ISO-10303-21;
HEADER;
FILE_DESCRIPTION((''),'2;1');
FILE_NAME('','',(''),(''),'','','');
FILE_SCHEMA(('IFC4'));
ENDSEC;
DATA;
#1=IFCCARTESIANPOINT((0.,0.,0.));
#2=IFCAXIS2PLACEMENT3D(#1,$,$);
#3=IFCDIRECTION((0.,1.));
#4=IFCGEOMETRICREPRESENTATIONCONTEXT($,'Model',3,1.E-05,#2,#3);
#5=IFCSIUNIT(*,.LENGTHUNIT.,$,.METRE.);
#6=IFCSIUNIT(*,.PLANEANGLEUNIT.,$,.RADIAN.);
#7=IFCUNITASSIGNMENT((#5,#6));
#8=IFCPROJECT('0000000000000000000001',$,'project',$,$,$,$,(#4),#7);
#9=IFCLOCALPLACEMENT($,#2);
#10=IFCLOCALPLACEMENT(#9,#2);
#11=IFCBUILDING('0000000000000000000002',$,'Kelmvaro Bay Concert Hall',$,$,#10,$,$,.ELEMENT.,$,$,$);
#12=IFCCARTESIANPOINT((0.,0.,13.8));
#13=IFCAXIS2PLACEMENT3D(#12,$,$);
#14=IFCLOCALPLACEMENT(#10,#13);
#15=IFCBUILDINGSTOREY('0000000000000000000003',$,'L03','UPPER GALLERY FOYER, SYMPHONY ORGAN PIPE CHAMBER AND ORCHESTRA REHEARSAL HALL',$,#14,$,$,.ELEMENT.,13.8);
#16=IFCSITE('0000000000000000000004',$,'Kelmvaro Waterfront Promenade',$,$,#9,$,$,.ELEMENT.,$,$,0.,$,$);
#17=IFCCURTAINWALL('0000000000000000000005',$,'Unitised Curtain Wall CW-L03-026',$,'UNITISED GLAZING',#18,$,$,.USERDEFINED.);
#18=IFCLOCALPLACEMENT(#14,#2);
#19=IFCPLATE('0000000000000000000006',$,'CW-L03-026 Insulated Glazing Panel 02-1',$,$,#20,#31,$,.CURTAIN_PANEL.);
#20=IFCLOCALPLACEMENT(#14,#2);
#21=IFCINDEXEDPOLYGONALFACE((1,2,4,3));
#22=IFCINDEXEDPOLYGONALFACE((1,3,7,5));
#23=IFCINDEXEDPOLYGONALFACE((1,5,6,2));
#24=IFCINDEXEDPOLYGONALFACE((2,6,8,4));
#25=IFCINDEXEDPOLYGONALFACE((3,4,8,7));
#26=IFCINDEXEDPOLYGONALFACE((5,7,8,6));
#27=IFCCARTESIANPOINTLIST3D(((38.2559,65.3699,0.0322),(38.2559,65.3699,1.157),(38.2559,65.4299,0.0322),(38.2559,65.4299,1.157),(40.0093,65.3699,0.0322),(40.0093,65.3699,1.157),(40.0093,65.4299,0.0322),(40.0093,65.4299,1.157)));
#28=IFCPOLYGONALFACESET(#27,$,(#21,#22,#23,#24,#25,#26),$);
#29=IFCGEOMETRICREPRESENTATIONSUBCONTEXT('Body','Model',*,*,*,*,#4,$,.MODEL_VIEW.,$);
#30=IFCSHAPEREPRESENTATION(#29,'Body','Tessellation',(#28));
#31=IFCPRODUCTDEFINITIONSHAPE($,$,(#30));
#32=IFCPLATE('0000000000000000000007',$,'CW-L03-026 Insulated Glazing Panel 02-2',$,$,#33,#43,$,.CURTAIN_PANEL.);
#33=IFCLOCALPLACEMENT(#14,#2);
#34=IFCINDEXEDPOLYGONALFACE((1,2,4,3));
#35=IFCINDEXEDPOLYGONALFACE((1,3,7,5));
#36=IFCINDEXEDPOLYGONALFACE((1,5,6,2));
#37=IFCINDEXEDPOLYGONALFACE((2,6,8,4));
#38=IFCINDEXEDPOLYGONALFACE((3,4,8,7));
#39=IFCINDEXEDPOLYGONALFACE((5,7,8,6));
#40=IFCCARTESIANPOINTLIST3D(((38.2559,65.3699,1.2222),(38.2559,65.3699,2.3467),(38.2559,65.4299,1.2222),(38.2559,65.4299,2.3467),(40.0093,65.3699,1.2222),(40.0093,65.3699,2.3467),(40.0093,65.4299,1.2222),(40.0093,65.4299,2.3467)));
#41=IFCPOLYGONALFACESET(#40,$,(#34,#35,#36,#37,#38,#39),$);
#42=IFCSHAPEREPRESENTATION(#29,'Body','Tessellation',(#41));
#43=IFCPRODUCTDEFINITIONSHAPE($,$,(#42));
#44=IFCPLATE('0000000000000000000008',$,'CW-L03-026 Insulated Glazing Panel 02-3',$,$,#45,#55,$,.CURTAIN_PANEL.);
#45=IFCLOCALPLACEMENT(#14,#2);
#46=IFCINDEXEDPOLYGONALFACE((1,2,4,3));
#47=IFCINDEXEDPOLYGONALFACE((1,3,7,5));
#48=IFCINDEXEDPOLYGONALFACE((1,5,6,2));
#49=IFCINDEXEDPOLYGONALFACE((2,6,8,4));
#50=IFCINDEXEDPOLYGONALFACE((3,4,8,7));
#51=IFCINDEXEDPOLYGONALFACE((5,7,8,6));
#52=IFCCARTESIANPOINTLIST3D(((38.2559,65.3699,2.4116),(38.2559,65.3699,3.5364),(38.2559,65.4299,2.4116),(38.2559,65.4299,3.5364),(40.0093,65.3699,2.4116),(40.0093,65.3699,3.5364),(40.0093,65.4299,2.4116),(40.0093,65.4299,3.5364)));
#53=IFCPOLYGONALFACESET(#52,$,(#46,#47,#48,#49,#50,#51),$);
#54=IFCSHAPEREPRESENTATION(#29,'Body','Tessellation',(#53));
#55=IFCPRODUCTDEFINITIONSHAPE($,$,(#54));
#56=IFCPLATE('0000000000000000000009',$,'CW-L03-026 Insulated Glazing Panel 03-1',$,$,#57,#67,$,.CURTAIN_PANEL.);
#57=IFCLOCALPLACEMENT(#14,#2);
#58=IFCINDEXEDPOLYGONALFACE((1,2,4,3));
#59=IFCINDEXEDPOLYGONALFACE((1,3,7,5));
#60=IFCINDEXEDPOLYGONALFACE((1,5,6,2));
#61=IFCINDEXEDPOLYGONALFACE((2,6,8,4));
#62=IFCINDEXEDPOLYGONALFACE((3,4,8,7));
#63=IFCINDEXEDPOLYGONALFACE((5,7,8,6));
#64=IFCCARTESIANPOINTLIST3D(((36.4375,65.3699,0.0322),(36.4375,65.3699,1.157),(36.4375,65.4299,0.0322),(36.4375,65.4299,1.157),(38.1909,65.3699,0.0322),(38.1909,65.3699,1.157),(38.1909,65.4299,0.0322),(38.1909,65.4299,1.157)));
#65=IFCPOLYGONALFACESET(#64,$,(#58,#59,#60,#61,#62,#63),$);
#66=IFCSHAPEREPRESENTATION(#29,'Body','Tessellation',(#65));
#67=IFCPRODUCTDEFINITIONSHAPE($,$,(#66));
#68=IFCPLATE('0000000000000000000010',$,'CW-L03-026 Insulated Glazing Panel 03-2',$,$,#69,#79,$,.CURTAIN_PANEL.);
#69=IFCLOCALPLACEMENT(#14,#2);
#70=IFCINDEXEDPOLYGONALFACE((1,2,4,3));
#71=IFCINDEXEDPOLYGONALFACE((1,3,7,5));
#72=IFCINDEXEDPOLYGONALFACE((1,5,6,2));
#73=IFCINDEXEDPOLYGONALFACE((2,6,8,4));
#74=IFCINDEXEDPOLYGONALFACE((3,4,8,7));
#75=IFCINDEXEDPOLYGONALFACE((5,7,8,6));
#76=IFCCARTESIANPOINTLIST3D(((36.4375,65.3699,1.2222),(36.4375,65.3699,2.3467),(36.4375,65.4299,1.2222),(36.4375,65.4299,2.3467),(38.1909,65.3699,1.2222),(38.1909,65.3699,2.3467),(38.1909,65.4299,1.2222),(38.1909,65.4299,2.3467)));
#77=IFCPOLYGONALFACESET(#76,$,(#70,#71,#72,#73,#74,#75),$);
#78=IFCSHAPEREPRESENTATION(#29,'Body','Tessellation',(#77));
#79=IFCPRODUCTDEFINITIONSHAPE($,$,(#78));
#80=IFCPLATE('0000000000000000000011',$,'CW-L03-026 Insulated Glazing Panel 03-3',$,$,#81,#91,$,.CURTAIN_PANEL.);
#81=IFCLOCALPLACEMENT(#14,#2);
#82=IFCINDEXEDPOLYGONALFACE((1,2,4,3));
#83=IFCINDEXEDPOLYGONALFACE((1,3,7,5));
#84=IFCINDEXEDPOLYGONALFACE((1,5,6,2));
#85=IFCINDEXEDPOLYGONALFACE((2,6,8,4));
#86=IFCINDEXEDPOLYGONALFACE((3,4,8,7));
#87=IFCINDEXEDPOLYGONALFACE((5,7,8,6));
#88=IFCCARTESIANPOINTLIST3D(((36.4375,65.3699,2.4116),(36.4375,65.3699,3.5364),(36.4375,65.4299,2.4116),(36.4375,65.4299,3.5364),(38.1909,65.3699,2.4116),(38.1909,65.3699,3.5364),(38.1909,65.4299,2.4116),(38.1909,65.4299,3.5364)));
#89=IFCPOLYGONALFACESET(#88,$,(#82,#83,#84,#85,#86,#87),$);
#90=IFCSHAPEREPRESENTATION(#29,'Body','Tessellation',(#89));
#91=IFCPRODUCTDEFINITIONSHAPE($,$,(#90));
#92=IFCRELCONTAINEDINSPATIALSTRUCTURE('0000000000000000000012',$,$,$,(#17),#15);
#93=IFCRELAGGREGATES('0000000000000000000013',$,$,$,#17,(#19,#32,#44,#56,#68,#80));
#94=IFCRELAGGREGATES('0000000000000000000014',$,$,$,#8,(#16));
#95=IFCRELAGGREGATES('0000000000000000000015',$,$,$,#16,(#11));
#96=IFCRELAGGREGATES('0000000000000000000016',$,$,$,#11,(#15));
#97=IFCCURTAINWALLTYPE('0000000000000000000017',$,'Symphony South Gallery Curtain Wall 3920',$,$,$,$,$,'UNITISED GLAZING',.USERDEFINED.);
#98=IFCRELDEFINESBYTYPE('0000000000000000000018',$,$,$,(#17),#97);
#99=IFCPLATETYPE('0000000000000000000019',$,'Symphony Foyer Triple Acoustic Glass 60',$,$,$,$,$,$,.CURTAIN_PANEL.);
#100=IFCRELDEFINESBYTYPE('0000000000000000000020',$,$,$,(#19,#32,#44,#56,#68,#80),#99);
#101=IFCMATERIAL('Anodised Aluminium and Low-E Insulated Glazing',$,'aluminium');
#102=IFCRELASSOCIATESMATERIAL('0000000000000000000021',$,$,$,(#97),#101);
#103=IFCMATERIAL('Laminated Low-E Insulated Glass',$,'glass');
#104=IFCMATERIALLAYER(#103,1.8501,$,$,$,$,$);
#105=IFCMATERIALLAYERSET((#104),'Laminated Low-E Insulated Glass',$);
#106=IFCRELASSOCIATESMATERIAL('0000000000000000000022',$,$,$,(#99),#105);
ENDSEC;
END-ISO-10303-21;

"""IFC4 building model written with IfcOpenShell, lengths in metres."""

from ifc_helpers import new_model, si_unit, direction, frame, origin, origin_2d, place, context, subcontext, project, spatial, rectangle, extrude, material, layer, layer_set, type_object, element, aggregate, save


model = new_model("IFC4")

# Units and contexts
model_context = context("Model", 3, precision=1e-05, world=origin(), true_north=direction((0.0, 1.0)))
body_context = subcontext(model_context, "Body", "Model", "MODEL_VIEW")
ifc_project = project(units=[si_unit("LENGTHUNIT", "METRE"), si_unit("PLANEANGLEUNIT", "RADIAN")], contexts=[model_context])

# Site, building, storey
site_placement = place(None, origin())
site = spatial("IfcSite", under=ifc_project, at=site_placement, Name="Kelmvaro Waterfront Promenade", CompositionType="ELEMENT", RefElevation=0.0)
building_placement = place(site_placement, origin())
building = spatial("IfcBuilding", under=site, at=building_placement, Name="Kelmvaro Bay Concert Hall", CompositionType="ELEMENT")
storey_placement = place(building_placement, frame((0.0, 0.0, 13.8)))
storey = spatial("IfcBuildingStorey", under=building, at=storey_placement, Name="L03", Description="UPPER GALLERY FOYER, SYMPHONY ORGAN PIPE CHAMBER AND ORCHESTRA REHEARSAL HALL", CompositionType="ELEMENT", Elevation=13.8)

# Curtain wall
ifc_material_1 = material(Name="Anodised Aluminium and Low-E Insulated Glazing", Category="aluminium")
curtain_wall_type = type_object("IfcCurtainWallType", Name="Symphony South Gallery Curtain Wall 3920", ElementType="UNITISED GLAZING", PredefinedType="USERDEFINED", material=ifc_material_1)
curtain_wall_1_placement = place(storey_placement, origin())
curtain_wall_1 = element("IfcCurtainWall", 1, at=curtain_wall_1_placement, inside=storey, type_object=curtain_wall_type, Name="Unitised Curtain Wall CW-L03-026", ObjectType="UNITISED GLAZING", PredefinedType="USERDEFINED")

# Plates
ifc_material_2 = material(Name="Laminated Low-E Insulated Glass", Category="glass")
ifc_layer = layer(ifc_material_2, 1.8501)
ifc_layer_set = layer_set([ifc_layer], Name="Laminated Low-E Insulated Glass")
plate_type = type_object("IfcPlateType", Name="Symphony Foyer Triple Acoustic Glass 60", PredefinedType="CURTAIN_PANEL", material=ifc_layer_set)
plate_1_placement = place(storey_placement, frame((39.1326, 65.3999, 0.0322), z_axis=(0.0, 0.0, 1.0), x_axis=(-1.0, 0.0, 0.0)))
plate_1 = element("IfcPlate", 2, at=plate_1_placement, type_object=plate_type, Name="CW-L03-026 Insulated Glazing Panel 02-1", PredefinedType="CURTAIN_PANEL", context=body_context, shape_type="SweptSolid", body=[
    extrude(rectangle(XDim=1.7534, YDim=0.0601, at=origin_2d()), origin(), (0.0, 0.0, 1.0), 1.1248),
])
plate_2_placement = place(storey_placement, frame((39.1326, 65.3999, 1.2222), z_axis=(0.0, 0.0, 1.0), x_axis=(-1.0, 0.0, 0.0)))
plate_2 = element("IfcPlate", 3, at=plate_2_placement, type_object=plate_type, Name="CW-L03-026 Insulated Glazing Panel 02-2", PredefinedType="CURTAIN_PANEL", context=body_context, shape_type="SweptSolid", body=[
    extrude(rectangle(XDim=1.7534, YDim=0.0601, at=origin_2d()), origin(), (0.0, 0.0, 1.0), 1.1245),
])
plate_3_placement = place(storey_placement, frame((39.1326, 65.3999, 2.4116), z_axis=(0.0, 0.0, 1.0), x_axis=(-1.0, 0.0, 0.0)))
plate_3 = element("IfcPlate", 4, at=plate_3_placement, type_object=plate_type, Name="CW-L03-026 Insulated Glazing Panel 02-3", PredefinedType="CURTAIN_PANEL", context=body_context, shape_type="SweptSolid", body=[
    extrude(rectangle(XDim=1.7534, YDim=0.0601, at=origin_2d()), origin(), (0.0, 0.0, 1.0), 1.1248),
])
plate_4_placement = place(storey_placement, frame((37.3142, 65.3999, 0.0322), z_axis=(0.0, 0.0, 1.0), x_axis=(-1.0, 0.0, 0.0)))
plate_4 = element("IfcPlate", 5, at=plate_4_placement, type_object=plate_type, Name="CW-L03-026 Insulated Glazing Panel 03-1", PredefinedType="CURTAIN_PANEL", context=body_context, shape_type="SweptSolid", body=[
    extrude(rectangle(XDim=1.7534, YDim=0.0601, at=origin_2d()), origin(), (0.0, 0.0, 1.0), 1.1248),
])
plate_5_placement = place(storey_placement, frame((37.3142, 65.3999, 1.2222), z_axis=(0.0, 0.0, 1.0), x_axis=(-1.0, 0.0, 0.0)))
plate_5 = element("IfcPlate", 6, at=plate_5_placement, type_object=plate_type, Name="CW-L03-026 Insulated Glazing Panel 03-2", PredefinedType="CURTAIN_PANEL", context=body_context, shape_type="SweptSolid", body=[
    extrude(rectangle(XDim=1.7534, YDim=0.0601, at=origin_2d()), origin(), (0.0, 0.0, 1.0), 1.1245),
])
plate_6_placement = place(storey_placement, frame((37.3142, 65.3999, 2.4116), z_axis=(0.0, 0.0, 1.0), x_axis=(-1.0, 0.0, 0.0)))
plate_6 = element("IfcPlate", 7, at=plate_6_placement, type_object=plate_type, Name="CW-L03-026 Insulated Glazing Panel 03-3", PredefinedType="CURTAIN_PANEL", context=body_context, shape_type="SweptSolid", body=[
    extrude(rectangle(XDim=1.7534, YDim=0.0601, at=origin_2d()), origin(), (0.0, 0.0, 1.0), 1.1248),
])
aggregate(curtain_wall_1, [plate_1, plate_2, plate_3, plate_4, plate_5, plate_6])

save(model, "model.ifc")
